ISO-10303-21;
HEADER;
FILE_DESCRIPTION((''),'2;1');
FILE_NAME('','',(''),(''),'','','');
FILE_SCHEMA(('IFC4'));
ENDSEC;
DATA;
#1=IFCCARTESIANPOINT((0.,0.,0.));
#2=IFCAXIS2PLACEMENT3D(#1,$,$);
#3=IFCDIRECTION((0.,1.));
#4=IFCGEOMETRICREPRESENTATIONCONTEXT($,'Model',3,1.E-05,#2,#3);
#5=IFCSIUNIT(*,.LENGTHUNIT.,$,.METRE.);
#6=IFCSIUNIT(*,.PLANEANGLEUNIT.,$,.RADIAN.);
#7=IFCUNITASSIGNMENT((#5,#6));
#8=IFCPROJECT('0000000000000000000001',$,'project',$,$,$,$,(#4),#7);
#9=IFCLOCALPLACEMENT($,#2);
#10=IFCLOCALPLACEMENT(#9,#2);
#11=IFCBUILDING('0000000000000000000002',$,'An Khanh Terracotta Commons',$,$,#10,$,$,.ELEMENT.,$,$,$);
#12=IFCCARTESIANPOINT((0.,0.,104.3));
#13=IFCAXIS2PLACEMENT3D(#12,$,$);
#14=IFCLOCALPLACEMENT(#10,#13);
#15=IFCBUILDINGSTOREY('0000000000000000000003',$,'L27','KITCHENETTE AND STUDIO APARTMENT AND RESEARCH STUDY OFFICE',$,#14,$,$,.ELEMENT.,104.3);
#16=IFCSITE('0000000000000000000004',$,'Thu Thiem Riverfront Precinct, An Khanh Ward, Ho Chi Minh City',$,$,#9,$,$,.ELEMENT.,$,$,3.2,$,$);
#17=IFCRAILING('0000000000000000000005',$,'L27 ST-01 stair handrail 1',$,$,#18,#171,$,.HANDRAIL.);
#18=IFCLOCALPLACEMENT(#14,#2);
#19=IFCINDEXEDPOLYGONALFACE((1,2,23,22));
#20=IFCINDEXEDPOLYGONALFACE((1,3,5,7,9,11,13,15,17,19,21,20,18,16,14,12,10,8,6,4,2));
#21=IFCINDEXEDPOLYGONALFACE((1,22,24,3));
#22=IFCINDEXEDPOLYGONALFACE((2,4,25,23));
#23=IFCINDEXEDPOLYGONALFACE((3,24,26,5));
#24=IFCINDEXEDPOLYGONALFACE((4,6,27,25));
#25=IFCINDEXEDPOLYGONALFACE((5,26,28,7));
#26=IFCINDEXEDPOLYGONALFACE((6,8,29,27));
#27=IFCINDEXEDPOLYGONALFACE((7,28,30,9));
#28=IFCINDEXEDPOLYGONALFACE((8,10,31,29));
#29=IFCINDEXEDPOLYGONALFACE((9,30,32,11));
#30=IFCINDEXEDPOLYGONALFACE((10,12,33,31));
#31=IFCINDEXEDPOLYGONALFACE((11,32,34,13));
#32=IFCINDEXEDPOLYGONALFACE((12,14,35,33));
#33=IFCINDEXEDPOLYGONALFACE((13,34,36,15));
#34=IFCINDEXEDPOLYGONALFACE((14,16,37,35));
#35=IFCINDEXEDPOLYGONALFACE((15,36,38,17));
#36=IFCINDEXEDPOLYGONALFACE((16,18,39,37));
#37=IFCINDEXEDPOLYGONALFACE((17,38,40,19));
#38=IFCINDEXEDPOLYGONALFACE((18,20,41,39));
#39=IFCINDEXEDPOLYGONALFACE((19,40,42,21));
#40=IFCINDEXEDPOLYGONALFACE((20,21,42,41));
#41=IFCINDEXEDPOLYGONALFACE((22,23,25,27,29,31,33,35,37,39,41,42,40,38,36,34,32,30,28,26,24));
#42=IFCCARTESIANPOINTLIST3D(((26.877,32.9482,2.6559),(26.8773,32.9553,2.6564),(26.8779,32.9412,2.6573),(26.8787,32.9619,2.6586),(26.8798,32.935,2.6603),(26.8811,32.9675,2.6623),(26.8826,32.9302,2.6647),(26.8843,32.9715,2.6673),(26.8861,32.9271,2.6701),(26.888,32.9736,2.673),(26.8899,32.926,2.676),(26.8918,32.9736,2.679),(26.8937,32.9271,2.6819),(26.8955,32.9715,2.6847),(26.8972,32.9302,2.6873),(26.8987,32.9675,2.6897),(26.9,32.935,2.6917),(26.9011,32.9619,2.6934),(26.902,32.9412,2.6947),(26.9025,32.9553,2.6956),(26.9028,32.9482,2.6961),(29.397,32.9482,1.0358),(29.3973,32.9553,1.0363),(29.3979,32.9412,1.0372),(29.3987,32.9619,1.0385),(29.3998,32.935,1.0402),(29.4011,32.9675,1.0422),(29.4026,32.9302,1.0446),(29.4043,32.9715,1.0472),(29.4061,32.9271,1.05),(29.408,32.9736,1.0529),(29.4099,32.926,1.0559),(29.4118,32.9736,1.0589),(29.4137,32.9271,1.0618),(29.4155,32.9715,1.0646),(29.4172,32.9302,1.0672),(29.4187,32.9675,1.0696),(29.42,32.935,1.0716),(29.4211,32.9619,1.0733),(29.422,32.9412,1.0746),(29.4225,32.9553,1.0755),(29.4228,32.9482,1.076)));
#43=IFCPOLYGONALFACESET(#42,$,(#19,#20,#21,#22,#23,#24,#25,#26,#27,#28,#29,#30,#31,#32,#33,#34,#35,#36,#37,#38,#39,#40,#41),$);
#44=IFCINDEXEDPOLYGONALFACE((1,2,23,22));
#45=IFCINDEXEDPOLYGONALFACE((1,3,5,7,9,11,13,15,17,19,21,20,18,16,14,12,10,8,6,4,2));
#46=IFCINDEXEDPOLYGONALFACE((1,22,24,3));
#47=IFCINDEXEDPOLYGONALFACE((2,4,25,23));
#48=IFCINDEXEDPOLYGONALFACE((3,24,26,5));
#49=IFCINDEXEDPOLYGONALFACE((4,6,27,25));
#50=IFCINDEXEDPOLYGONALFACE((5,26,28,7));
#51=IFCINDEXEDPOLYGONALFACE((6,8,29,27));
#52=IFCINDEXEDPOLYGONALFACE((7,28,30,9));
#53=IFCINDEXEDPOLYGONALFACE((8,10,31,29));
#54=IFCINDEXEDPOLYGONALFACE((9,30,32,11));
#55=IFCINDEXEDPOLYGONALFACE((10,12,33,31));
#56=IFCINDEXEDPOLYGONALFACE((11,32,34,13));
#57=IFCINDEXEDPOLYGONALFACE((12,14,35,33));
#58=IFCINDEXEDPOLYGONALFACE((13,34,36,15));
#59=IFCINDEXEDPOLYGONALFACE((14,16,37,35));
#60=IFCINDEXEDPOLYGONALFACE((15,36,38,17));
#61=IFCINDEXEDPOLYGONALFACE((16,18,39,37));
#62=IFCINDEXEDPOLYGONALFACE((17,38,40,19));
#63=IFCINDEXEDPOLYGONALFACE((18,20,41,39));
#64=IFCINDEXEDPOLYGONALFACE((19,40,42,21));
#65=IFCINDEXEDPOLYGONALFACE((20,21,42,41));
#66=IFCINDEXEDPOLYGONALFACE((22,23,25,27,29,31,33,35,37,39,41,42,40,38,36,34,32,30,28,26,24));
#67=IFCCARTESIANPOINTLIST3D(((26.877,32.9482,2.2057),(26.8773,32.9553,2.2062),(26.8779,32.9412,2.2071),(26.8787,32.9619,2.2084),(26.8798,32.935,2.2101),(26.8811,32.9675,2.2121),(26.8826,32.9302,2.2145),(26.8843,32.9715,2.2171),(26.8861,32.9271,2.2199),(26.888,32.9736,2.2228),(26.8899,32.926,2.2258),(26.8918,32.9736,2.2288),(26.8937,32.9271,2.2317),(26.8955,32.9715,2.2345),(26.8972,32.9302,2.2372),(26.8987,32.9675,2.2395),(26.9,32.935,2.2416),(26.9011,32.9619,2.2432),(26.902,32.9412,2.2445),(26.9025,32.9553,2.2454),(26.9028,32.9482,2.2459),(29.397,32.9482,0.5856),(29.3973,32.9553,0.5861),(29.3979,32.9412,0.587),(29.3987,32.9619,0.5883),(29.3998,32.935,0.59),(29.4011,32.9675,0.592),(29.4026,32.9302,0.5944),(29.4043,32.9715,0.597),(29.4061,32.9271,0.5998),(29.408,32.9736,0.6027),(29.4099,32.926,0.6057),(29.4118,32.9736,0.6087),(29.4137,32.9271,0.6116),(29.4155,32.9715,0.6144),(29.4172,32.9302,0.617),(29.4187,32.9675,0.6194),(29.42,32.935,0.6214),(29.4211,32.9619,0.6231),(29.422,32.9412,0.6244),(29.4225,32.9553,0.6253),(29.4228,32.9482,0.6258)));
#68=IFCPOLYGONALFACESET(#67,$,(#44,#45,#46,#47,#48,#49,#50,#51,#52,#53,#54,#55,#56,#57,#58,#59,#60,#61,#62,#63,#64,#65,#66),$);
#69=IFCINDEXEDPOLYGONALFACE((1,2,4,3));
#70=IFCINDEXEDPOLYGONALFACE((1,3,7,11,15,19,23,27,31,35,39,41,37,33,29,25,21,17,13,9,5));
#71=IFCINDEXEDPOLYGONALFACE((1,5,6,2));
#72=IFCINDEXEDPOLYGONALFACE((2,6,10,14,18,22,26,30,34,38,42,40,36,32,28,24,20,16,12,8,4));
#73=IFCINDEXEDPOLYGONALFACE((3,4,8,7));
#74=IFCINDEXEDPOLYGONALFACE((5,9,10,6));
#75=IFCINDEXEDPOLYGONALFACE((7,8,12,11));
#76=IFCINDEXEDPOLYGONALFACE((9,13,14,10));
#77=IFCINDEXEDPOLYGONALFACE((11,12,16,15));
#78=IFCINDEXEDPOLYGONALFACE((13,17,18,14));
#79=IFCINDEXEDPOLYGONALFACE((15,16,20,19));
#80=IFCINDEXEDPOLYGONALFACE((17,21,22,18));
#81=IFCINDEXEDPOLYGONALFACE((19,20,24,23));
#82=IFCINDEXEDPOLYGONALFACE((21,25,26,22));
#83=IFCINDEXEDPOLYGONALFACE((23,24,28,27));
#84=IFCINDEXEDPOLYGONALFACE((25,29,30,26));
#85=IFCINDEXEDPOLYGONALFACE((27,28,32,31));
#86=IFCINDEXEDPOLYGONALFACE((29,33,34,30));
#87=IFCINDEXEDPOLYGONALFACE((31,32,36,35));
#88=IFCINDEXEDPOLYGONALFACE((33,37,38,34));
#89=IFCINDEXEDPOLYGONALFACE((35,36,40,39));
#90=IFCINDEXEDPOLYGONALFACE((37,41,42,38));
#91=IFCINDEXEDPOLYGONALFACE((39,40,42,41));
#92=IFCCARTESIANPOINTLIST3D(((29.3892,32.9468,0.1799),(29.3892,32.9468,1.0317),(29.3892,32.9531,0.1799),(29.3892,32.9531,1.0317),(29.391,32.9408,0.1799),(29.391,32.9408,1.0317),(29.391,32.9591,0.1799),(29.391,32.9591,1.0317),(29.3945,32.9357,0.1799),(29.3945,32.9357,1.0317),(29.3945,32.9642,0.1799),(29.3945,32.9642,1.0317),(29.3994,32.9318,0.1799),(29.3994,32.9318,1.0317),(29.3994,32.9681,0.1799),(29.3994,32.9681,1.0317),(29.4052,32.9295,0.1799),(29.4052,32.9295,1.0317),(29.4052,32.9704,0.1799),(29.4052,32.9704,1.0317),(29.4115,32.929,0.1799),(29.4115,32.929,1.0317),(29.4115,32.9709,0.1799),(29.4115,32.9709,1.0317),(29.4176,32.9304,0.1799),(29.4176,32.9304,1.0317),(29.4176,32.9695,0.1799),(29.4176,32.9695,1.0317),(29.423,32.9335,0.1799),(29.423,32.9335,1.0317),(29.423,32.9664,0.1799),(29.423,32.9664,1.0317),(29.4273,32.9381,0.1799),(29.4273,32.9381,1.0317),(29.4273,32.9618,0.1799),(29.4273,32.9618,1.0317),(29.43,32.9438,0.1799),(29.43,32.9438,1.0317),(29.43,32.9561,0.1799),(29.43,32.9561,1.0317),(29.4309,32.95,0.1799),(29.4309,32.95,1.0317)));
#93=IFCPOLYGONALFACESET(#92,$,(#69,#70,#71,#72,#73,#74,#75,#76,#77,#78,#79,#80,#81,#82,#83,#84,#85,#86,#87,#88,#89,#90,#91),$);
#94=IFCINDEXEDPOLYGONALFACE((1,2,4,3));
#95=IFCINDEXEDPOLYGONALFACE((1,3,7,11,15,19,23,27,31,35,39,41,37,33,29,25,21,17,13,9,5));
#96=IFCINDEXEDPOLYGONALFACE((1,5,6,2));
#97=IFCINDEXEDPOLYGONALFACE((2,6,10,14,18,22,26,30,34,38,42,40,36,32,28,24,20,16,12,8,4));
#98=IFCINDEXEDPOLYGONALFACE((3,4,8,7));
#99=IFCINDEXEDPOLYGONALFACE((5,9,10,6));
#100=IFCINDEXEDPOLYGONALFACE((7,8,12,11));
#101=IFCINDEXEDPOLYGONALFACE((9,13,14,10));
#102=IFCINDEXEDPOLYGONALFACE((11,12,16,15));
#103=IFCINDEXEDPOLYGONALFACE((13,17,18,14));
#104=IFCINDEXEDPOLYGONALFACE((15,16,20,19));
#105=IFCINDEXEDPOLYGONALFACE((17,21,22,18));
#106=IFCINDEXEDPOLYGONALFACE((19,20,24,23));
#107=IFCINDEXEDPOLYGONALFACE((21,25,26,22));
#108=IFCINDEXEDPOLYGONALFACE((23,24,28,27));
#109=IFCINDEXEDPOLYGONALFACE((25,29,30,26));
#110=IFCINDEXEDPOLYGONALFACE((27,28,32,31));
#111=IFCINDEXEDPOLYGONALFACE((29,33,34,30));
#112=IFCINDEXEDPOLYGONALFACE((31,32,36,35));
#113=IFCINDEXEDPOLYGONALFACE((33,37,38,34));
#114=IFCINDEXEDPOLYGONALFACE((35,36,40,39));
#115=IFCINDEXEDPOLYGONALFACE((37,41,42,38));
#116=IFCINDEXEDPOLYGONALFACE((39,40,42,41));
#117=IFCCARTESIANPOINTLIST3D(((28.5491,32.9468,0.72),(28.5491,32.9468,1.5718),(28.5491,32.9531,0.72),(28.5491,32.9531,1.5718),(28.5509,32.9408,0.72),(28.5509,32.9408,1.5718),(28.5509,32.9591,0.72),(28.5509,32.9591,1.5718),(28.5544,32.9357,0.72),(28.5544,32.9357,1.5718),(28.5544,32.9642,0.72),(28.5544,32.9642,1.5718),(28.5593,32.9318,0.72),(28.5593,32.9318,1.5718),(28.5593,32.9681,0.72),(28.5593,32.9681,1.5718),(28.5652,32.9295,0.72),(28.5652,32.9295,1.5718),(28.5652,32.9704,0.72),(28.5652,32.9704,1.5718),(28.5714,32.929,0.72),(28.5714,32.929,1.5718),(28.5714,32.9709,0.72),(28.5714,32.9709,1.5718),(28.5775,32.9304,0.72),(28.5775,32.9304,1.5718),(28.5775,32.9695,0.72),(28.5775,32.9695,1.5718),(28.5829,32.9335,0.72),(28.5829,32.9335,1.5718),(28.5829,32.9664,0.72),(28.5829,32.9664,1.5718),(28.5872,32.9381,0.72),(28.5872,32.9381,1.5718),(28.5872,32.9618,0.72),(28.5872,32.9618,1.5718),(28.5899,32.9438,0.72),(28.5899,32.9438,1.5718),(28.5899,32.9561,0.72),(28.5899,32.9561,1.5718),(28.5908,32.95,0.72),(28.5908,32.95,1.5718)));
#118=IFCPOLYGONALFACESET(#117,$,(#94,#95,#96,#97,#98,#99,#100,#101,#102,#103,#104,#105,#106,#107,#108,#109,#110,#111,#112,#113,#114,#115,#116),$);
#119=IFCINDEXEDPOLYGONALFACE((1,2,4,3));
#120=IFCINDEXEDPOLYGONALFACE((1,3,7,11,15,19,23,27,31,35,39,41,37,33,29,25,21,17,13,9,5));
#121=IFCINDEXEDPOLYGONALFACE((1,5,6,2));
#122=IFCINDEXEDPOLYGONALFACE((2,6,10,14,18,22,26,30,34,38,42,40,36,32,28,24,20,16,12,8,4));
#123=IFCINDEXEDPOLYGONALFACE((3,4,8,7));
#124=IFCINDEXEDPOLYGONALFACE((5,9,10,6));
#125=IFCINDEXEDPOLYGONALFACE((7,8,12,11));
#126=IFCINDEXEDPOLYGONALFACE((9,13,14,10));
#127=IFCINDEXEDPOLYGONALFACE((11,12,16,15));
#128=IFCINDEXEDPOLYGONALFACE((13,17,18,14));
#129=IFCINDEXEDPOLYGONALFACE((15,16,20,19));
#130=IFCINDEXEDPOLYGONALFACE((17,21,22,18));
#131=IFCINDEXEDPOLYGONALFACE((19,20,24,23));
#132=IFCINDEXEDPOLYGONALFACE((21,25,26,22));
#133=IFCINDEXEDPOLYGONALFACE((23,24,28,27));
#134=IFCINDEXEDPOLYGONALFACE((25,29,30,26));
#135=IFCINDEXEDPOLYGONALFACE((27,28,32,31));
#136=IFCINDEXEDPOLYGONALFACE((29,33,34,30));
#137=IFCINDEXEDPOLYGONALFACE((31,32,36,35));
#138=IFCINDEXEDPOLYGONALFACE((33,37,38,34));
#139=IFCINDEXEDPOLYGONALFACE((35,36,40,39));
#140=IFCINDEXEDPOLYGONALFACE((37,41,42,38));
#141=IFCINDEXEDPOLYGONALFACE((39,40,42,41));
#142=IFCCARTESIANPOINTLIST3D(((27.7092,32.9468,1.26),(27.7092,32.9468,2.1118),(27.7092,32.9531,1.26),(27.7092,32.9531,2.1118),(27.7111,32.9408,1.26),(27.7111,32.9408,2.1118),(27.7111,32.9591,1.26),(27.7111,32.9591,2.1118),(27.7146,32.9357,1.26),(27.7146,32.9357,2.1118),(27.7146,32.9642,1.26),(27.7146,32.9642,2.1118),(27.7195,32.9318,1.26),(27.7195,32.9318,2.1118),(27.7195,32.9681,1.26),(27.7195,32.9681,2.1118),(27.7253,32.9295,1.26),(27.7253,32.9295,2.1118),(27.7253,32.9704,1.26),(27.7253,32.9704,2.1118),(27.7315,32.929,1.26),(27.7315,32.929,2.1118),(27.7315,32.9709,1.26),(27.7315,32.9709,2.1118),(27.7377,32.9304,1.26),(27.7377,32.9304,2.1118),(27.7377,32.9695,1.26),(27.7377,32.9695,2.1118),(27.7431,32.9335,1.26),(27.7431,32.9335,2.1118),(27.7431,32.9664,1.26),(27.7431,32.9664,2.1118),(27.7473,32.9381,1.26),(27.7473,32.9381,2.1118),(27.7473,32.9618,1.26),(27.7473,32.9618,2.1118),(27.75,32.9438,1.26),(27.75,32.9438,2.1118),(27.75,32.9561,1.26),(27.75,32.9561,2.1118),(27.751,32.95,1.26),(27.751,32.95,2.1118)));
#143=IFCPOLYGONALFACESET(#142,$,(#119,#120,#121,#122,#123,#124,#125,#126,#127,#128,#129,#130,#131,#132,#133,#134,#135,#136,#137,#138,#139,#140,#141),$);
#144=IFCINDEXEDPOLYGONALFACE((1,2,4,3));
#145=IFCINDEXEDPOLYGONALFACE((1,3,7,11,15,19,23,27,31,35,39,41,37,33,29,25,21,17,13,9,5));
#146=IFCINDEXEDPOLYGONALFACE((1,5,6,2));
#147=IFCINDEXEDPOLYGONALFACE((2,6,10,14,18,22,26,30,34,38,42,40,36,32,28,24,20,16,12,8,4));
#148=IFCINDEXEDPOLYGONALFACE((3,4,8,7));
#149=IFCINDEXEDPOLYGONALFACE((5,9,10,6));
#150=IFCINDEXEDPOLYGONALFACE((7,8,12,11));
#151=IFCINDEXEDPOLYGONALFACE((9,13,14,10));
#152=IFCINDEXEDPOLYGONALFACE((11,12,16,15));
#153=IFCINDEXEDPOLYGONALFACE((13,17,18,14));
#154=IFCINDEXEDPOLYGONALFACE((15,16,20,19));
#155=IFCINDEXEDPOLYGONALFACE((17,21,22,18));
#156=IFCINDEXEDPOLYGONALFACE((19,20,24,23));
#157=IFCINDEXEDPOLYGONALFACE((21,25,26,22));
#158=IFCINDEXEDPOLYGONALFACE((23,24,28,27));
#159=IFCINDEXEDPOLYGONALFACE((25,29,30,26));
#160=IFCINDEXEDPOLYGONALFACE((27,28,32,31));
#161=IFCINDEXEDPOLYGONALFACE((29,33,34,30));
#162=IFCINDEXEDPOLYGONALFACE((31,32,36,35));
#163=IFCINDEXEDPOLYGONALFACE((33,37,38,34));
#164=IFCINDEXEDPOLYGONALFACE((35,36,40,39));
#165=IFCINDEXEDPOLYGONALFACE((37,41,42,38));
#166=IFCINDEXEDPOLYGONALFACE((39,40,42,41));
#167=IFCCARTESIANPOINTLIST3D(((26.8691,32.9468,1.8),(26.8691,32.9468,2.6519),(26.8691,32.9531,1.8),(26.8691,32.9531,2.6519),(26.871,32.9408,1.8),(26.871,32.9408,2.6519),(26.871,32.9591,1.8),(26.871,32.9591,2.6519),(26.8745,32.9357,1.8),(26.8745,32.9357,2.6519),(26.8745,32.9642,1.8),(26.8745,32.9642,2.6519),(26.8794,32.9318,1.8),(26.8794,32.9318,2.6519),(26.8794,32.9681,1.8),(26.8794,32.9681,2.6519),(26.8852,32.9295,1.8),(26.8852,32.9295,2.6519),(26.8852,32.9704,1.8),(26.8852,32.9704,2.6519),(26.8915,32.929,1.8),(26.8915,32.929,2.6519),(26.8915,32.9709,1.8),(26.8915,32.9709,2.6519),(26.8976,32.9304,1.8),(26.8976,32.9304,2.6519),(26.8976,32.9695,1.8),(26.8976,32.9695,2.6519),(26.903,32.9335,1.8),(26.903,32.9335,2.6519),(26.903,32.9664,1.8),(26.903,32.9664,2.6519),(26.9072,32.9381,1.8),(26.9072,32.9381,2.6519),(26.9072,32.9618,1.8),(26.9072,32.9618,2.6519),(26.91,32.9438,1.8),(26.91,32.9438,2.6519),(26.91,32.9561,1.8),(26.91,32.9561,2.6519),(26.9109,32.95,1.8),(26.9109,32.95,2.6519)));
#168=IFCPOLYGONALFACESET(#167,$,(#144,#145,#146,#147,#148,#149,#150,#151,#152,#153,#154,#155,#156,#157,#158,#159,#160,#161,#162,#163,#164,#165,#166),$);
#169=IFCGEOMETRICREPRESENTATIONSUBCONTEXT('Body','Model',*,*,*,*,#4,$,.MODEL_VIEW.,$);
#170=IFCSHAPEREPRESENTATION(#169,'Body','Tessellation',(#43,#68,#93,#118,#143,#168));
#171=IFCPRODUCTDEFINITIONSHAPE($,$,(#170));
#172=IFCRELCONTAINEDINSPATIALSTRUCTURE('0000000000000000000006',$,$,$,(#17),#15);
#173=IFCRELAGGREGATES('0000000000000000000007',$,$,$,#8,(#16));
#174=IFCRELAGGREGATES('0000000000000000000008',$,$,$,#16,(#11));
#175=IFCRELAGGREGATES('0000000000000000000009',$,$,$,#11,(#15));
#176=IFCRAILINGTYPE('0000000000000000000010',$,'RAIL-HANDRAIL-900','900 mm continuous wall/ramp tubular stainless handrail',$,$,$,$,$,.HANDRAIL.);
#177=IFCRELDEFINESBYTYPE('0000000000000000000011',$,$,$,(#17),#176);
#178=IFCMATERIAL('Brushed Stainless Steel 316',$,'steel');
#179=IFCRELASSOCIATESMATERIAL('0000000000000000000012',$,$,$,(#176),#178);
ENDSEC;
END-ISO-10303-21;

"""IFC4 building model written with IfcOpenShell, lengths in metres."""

from ifc_helpers import new_model, si_unit, direction, frame, origin, origin_2d, place, context, subcontext, project, spatial, circle, extrude, material, type_object, element, save


model = new_model("IFC4")

# Units and contexts
model_context = context("Model", 3, precision=1e-05, world=origin(), true_north=direction((0.0, 1.0)))
body_context = subcontext(model_context, "Body", "Model", "MODEL_VIEW")
ifc_project = project(units=[si_unit("LENGTHUNIT", "METRE"), si_unit("PLANEANGLEUNIT", "RADIAN")], contexts=[model_context])

# Site, building, storey
site_placement = place(None, origin())
site = spatial("IfcSite", under=ifc_project, at=site_placement, Name="Thu Thiem Riverfront Precinct, An Khanh Ward, Ho Chi Minh City", CompositionType="ELEMENT", RefElevation=3.2)
building_placement = place(site_placement, origin())
building = spatial("IfcBuilding", under=site, at=building_placement, Name="An Khanh Terracotta Commons", CompositionType="ELEMENT")
storey_placement = place(building_placement, frame((0.0, 0.0, 104.3)))
storey = spatial("IfcBuildingStorey", under=building, at=storey_placement, Name="L27", Description="KITCHENETTE AND STUDIO APARTMENT AND RESEARCH STUDY OFFICE", CompositionType="ELEMENT", Elevation=104.3)

# Railing
ifc_material_1 = material(Name="Brushed Stainless Steel 316", Category="steel")
railing_type_1 = type_object("IfcRailingType", Name="RAIL-HANDRAIL-900", Description="900 mm continuous wall/ramp tubular stainless handrail", PredefinedType="HANDRAIL", material=ifc_material_1)
railing_1_placement = place(storey_placement, frame((29.4099, 32.95, 0.1799)))
element("IfcRailing", 1, at=railing_1_placement, inside=storey, type_object=railing_type_1, Name="L27 ST-01 stair handrail 1", PredefinedType="HANDRAIL", context=body_context, shape_type="SweptSolid", body=[
    extrude(circle(Radius=0.0239, at=origin_2d()), frame((0.0, 0.0, 0.876), z_axis=(-0.841163, 0.0, 0.540782), x_axis=(0.0, -1.0, 0.0)), (0.0, 0.0, 1.0), 2.9958),
    extrude(circle(Radius=0.0239, at=origin_2d()), frame((0.0, 0.0, 0.4258), z_axis=(-0.841163, 0.0, 0.540782), x_axis=(0.0, -1.0, 0.0)), (0.0, 0.0, 1.0), 2.9958),
    extrude(circle(Radius=0.021, at=origin_2d()), origin(), (0.0, 0.0, 1.0), 0.8518),
    extrude(circle(Radius=0.021, at=origin_2d()), frame((-0.8401, 0.0, 0.54)), (0.0, 0.0, 1.0), 0.8518),
    extrude(circle(Radius=0.021, at=origin_2d()), frame((-1.6799, 0.0, 1.0801)), (0.0, 0.0, 1.0), 0.8518),
    extrude(circle(Radius=0.021, at=origin_2d()), frame((-2.52, 0.0, 1.6201)), (0.0, 0.0, 1.0), 0.8518),
])

save(model, "model.ifc")
